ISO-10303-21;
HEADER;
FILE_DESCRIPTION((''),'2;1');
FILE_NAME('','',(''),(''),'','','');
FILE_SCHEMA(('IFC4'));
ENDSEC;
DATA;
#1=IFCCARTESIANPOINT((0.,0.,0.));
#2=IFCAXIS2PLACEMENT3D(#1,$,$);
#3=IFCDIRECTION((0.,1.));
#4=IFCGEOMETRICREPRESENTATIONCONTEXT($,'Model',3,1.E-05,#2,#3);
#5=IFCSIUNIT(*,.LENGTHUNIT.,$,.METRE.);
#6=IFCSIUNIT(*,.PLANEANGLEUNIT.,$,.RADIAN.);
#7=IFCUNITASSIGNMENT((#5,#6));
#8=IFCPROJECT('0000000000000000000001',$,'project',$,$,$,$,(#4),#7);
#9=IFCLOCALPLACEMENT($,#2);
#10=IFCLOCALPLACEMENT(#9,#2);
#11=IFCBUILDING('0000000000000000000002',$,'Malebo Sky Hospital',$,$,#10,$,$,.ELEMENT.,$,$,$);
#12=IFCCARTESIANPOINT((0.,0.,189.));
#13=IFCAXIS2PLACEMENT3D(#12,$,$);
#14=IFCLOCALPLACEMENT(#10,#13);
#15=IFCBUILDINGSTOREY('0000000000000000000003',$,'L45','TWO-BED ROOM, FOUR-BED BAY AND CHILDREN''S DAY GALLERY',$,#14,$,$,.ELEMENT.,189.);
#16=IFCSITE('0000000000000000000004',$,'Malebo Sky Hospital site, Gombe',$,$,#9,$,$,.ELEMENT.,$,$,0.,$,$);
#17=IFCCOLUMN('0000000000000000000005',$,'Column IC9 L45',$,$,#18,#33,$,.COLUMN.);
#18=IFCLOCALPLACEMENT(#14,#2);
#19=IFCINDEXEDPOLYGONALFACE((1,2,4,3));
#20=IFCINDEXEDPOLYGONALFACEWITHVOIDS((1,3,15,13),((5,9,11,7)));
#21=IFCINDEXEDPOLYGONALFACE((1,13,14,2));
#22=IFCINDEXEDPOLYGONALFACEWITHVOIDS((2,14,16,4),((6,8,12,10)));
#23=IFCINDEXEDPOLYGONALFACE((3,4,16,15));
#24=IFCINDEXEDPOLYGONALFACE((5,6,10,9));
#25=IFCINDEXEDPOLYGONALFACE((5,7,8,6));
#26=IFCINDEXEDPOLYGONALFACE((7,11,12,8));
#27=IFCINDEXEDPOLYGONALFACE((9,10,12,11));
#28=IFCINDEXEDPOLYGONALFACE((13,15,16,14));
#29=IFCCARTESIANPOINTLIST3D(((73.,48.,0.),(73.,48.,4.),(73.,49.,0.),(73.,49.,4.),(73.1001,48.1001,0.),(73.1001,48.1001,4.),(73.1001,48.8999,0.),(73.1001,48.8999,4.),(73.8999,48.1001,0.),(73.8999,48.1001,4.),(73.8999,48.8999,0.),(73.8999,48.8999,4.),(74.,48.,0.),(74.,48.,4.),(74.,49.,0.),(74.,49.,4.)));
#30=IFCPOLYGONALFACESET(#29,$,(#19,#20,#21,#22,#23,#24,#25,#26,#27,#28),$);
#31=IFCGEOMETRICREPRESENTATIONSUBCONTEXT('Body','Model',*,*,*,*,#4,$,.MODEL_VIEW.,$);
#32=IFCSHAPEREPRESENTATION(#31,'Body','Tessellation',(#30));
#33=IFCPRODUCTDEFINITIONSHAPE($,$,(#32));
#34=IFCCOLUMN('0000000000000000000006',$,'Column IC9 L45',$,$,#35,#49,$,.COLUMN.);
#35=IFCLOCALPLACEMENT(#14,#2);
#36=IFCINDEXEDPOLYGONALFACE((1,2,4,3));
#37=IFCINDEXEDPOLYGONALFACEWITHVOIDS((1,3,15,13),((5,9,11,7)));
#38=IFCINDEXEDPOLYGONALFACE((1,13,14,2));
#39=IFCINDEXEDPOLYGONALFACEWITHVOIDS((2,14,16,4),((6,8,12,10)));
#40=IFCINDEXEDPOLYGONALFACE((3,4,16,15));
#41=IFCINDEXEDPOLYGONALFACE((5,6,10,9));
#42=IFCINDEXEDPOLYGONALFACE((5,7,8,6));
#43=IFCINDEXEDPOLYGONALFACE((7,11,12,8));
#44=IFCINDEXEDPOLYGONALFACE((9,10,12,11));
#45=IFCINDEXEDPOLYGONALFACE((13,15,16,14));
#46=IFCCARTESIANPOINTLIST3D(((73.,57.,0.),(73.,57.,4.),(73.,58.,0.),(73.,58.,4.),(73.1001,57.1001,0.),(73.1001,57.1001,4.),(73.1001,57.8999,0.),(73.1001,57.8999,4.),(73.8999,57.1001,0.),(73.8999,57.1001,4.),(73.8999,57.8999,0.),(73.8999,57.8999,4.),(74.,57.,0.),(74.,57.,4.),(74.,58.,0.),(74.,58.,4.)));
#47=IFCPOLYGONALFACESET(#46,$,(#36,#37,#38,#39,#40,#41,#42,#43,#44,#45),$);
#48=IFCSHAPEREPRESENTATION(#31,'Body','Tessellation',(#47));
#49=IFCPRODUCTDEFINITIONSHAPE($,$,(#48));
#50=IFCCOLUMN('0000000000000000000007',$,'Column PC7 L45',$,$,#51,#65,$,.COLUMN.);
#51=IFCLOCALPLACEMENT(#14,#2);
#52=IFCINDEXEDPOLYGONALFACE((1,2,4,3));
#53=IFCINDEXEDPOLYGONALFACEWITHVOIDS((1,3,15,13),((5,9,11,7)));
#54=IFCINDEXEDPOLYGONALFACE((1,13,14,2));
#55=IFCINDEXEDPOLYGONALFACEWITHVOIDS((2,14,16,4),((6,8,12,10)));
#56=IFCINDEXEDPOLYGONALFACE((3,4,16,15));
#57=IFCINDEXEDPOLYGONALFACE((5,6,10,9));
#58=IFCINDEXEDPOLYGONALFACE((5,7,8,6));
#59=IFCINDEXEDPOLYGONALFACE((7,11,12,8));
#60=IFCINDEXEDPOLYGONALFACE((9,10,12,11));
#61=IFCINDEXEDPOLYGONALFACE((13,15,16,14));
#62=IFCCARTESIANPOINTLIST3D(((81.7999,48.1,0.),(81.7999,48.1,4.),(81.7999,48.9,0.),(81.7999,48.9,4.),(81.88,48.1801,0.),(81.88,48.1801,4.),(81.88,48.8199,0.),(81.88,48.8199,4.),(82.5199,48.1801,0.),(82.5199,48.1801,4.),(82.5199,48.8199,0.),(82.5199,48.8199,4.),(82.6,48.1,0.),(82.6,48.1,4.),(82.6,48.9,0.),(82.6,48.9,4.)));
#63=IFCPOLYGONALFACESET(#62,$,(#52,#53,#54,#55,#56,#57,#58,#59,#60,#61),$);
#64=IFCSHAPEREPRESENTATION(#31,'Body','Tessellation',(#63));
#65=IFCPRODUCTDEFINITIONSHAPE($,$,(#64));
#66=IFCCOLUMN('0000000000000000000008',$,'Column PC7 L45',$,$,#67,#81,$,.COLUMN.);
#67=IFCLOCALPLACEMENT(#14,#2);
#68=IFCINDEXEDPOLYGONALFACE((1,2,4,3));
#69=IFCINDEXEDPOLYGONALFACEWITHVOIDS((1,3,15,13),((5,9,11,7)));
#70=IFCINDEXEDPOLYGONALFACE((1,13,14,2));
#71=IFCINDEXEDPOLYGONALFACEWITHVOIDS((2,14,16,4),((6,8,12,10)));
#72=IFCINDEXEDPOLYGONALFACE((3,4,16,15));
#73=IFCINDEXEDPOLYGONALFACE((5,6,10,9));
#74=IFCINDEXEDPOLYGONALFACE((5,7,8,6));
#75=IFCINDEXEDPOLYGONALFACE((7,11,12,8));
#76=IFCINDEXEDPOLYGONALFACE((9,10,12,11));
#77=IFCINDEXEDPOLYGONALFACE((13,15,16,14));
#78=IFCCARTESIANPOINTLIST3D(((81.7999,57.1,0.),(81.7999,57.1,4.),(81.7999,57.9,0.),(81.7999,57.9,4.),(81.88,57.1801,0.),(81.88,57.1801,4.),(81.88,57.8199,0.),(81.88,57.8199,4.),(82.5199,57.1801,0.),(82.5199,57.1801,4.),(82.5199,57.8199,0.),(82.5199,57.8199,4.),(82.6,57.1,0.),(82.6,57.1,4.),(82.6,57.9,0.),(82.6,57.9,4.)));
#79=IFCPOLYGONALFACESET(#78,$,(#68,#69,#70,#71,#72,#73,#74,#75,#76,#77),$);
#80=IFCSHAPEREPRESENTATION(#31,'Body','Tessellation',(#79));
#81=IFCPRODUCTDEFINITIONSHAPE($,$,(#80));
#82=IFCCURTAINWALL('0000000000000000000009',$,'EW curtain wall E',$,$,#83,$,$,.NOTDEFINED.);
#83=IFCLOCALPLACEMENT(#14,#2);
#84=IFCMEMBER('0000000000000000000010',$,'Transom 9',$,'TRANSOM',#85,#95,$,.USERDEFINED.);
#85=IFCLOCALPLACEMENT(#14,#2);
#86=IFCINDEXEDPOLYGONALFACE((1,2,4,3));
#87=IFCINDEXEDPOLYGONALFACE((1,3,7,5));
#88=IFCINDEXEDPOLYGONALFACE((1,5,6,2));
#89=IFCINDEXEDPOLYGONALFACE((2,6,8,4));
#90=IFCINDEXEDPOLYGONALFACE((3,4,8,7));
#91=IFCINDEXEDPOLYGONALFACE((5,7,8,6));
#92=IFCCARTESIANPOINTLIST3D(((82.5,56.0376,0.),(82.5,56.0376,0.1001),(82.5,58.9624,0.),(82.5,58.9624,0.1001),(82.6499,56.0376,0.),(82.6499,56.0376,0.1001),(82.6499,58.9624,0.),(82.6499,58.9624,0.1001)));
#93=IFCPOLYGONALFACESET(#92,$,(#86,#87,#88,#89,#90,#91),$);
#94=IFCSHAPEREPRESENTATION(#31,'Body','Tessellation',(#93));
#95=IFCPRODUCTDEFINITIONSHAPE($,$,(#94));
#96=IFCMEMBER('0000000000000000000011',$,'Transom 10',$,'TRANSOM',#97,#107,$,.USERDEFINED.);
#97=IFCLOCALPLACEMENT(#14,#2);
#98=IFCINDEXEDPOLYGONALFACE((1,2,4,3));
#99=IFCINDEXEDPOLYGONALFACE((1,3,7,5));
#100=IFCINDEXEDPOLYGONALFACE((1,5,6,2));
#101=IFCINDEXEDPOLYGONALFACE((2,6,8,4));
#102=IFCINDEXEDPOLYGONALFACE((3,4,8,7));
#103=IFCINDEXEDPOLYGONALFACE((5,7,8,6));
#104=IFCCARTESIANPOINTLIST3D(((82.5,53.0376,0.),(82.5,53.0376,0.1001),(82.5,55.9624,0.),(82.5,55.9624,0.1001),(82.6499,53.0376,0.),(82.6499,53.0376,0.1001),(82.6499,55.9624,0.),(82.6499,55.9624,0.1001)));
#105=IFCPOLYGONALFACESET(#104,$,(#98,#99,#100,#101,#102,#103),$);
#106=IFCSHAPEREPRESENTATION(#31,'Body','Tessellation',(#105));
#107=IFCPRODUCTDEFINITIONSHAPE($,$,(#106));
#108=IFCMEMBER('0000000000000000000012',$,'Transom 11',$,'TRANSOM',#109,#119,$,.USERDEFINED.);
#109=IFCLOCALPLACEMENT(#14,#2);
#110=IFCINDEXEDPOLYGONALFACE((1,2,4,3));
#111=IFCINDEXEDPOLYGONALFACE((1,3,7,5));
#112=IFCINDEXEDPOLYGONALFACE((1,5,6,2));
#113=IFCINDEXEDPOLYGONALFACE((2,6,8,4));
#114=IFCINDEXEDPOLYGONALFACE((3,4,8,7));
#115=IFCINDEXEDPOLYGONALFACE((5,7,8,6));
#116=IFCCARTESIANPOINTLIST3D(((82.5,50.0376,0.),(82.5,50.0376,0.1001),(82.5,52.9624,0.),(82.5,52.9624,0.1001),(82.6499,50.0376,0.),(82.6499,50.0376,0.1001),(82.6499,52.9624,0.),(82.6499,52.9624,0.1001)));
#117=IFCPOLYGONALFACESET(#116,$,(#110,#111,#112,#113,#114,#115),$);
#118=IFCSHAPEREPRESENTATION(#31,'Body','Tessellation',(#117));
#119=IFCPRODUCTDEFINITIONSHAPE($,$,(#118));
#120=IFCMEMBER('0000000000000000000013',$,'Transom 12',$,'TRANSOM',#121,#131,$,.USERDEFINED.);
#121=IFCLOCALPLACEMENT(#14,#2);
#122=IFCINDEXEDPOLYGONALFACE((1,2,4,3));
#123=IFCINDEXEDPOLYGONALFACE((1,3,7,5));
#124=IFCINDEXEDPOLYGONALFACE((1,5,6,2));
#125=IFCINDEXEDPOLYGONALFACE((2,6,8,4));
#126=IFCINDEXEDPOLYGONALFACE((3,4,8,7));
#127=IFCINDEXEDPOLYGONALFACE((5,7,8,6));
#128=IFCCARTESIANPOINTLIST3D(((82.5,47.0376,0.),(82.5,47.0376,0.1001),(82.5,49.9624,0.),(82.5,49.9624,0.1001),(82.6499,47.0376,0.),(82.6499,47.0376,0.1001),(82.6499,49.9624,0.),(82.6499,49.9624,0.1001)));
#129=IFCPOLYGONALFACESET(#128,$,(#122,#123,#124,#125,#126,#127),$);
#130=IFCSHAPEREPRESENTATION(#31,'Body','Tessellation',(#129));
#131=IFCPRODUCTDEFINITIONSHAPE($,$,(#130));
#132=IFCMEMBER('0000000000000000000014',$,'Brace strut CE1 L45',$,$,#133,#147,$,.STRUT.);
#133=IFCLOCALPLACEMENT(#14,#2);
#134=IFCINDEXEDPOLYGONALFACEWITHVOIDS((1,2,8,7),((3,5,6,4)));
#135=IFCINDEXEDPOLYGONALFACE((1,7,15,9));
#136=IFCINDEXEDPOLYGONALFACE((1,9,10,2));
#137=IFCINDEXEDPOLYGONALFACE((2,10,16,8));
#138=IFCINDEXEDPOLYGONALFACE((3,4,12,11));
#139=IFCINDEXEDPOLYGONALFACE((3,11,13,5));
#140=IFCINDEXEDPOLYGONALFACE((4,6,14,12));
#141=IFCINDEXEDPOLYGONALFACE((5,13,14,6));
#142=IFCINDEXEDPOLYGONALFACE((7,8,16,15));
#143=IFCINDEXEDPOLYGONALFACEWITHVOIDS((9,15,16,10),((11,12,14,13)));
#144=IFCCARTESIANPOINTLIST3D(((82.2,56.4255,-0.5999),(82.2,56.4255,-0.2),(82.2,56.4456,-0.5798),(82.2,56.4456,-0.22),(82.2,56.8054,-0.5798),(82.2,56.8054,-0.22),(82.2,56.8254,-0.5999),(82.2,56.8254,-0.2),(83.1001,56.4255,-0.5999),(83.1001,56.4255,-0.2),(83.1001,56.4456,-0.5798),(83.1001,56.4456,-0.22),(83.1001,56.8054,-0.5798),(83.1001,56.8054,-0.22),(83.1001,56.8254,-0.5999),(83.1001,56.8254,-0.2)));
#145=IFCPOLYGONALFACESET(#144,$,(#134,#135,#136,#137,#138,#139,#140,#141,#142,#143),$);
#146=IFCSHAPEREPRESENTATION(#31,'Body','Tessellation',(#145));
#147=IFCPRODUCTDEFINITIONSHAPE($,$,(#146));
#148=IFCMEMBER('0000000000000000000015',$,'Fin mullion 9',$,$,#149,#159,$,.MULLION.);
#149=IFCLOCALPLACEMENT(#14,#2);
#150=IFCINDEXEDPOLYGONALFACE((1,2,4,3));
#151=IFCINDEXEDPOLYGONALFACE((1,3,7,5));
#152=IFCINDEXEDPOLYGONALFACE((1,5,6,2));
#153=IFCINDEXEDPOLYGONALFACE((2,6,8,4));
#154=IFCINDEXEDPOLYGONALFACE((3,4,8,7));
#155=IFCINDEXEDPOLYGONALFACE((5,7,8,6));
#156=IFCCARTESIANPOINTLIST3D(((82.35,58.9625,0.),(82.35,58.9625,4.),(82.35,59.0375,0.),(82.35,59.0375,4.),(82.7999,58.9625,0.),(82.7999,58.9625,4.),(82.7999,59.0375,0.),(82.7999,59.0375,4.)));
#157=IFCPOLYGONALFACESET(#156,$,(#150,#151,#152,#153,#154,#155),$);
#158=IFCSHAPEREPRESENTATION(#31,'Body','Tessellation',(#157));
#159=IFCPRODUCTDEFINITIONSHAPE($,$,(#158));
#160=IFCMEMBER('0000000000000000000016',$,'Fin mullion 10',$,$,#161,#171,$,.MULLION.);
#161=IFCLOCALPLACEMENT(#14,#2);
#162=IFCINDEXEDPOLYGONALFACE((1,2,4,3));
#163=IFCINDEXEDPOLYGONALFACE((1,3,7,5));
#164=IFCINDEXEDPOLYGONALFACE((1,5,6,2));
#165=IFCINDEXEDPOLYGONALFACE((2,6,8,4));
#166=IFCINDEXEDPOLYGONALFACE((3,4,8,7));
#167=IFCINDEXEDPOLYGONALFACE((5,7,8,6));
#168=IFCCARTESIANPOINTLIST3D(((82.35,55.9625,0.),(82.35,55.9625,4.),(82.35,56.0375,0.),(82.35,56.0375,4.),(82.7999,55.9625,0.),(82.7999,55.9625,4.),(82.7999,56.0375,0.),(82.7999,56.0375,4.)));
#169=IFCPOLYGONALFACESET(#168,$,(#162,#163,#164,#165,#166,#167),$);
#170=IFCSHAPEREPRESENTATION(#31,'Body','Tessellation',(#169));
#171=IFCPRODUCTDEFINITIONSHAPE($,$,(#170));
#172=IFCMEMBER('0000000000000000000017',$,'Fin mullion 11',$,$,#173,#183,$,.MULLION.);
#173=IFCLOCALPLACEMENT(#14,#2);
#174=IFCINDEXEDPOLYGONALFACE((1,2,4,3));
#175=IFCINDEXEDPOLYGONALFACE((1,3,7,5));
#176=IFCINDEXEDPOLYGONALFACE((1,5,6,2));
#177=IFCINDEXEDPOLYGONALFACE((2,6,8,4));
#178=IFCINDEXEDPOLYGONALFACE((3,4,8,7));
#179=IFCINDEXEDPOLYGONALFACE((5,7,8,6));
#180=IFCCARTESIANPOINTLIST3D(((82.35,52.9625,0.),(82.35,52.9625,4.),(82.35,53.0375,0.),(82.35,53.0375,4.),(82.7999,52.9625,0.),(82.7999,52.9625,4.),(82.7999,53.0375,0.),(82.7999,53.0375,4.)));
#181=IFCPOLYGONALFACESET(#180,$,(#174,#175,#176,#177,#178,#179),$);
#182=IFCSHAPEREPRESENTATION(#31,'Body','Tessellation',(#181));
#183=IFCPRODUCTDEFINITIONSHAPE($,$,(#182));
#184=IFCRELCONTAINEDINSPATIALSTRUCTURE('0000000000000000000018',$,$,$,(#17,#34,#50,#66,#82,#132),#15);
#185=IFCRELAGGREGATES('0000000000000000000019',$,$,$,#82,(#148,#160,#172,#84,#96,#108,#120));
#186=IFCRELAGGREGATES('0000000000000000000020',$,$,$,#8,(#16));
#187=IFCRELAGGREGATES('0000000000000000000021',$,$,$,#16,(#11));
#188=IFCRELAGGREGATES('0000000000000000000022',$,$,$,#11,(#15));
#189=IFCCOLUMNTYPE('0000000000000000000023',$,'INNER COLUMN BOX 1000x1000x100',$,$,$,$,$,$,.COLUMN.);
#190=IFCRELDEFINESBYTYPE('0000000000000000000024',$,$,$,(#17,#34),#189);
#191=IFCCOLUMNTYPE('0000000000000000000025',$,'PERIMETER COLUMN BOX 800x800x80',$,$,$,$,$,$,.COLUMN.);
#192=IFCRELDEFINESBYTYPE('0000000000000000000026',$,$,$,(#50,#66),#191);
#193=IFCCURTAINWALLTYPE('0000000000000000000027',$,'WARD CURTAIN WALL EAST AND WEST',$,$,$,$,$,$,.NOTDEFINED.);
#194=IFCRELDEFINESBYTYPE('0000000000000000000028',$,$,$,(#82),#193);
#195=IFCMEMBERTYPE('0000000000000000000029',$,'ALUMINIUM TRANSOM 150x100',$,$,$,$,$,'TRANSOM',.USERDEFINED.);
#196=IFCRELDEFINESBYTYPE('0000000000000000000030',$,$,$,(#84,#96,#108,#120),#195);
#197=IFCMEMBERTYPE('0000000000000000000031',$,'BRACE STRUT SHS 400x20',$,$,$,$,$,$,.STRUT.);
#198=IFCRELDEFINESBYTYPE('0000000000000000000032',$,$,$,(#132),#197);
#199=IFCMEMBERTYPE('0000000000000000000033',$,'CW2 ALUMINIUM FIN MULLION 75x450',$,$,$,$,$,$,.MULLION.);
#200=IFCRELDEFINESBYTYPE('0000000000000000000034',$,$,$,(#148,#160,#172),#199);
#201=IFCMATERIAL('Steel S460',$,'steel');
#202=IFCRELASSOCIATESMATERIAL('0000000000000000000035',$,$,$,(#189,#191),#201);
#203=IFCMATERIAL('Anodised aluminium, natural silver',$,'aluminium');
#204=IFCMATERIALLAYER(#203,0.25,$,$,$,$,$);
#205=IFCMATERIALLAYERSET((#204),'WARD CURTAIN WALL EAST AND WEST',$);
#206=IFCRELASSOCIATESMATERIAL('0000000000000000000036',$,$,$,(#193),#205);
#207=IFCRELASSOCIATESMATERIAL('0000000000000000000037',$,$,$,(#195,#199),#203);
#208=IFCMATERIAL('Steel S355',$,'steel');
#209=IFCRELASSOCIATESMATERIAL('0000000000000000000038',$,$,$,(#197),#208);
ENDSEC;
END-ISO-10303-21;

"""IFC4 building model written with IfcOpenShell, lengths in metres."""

from ifc_helpers import new_model, si_unit, direction, frame, origin, origin_2d, place, context, subcontext, project, spatial, rectangle, hollow_rectangle, extrude, material, layer, layer_set, material_profile, profile_set, type_object, element, aggregate, save


model = new_model("IFC4")

# Units and contexts
model_context = context("Model", 3, precision=1e-05, world=origin(), true_north=direction((0.0, 1.0)))
body_context = subcontext(model_context, "Body", "Model", "MODEL_VIEW")
ifc_project = project(units=[si_unit("LENGTHUNIT", "METRE"), si_unit("PLANEANGLEUNIT", "RADIAN")], contexts=[model_context])

# Site, building, storey
site_placement = place(None, origin())
site = spatial("IfcSite", under=ifc_project, at=site_placement, Name="Malebo Sky Hospital site, Gombe", CompositionType="ELEMENT", RefElevation=0.0)
building_placement = place(site_placement, origin())
building = spatial("IfcBuilding", under=site, at=building_placement, Name="Malebo Sky Hospital", CompositionType="ELEMENT")
storey_placement = place(building_placement, frame((0.0, 0.0, 189.0)))
storey = spatial("IfcBuildingStorey", under=building, at=storey_placement, Name="L45", Description="TWO-BED ROOM, FOUR-BED BAY AND CHILDREN'S DAY GALLERY", CompositionType="ELEMENT", Elevation=189.0)

# Columns
ifc_material_1 = material(Name="Steel S460", Category="steel")
ifc_material_profile_1 = material_profile(ifc_material_1, hollow_rectangle(XDim=1.0, YDim=1.0, WallThickness=0.1001, at=origin_2d()), Name="BOX 1000x1000x100")
ifc_profile_set_1 = profile_set([ifc_material_profile_1], Name="Steel S460")
column_type_1 = type_object("IfcColumnType", Name="INNER COLUMN BOX 1000x1000x100", PredefinedType="COLUMN", material=ifc_profile_set_1)
for number, where, z_axis, x_axis, name in (
    (1, (73.5, 48.5, 0.0), (0.0, 0.0, 1.0), (1.0, 0.0, 0.0), "Column IC9 L45"),
    (2, (73.5, 57.5, 0.0), (0.0, 0.0, 1.0), (1.0, 0.0, 0.0), "Column IC9 L45"),
):
    element("IfcColumn", number, at=place(storey_placement, frame(where, z_axis=z_axis, x_axis=x_axis)), inside=storey, type_object=column_type_1, Name=name, PredefinedType="COLUMN", context=body_context, shape_type="SweptSolid", body=[
        extrude(hollow_rectangle(XDim=1.0, YDim=1.0, WallThickness=0.1001, at=origin_2d()), origin(), (0.0, 0.0, 1.0), 4.0),
    ])
ifc_material_profile_2 = material_profile(ifc_material_1, hollow_rectangle(XDim=0.8, YDim=0.8, WallThickness=0.0801, at=origin_2d()), Name="BOX 800x800x80")
ifc_profile_set_2 = profile_set([ifc_material_profile_2], Name="Steel S460")
column_type_2 = type_object("IfcColumnType", Name="PERIMETER COLUMN BOX 800x800x80", PredefinedType="COLUMN", material=ifc_profile_set_2)
for number, where, z_axis, x_axis, name in (
    (3, (82.2, 48.5, 0.0), (0.0, 0.0, 1.0), (1.0, 0.0, 0.0), "Column PC7 L45"),
    (4, (82.2, 57.5, 0.0), (0.0, 0.0, 1.0), (1.0, 0.0, 0.0), "Column PC7 L45"),
):
    element("IfcColumn", number, at=place(storey_placement, frame(where, z_axis=z_axis, x_axis=x_axis)), inside=storey, type_object=column_type_2, Name=name, PredefinedType="COLUMN", context=body_context, shape_type="SweptSolid", body=[
        extrude(hollow_rectangle(XDim=0.8, YDim=0.8, WallThickness=0.0801, at=origin_2d()), origin(), (0.0, 0.0, 1.0), 4.0),
    ])

# Curtain wall, members
ifc_material_2 = material(Name="Anodised aluminium, natural silver", Category="aluminium")
ifc_layer_1 = layer(ifc_material_2, 0.25)
ifc_layer_set_1 = layer_set([ifc_layer_1], Name="WARD CURTAIN WALL EAST AND WEST")
curtain_wall_type = type_object("IfcCurtainWallType", Name="WARD CURTAIN WALL EAST AND WEST", PredefinedType="NOTDEFINED", material=ifc_layer_set_1)
curtain_wall_placement = place(storey_placement, origin())
curtain_wall = element("IfcCurtainWall", 5, at=curtain_wall_placement, inside=storey, type_object=curtain_wall_type, Name="EW curtain wall E", PredefinedType="NOTDEFINED")
ifc_material_profile_3 = material_profile(ifc_material_2, rectangle(XDim=0.1499, YDim=0.1001, at=origin_2d()), Name="ALUMINIUM TRANSOM 150x100")
ifc_profile_set_3 = profile_set([ifc_material_profile_3], Name="Anodised aluminium, natural silver")
member_type_1 = type_object("IfcMemberType", Name="ALUMINIUM TRANSOM 150x100", ElementType="TRANSOM", PredefinedType="USERDEFINED", material=ifc_profile_set_3)
member_1_placement = place(storey_placement, frame((82.575, 58.9624, 0.05), z_axis=(0.0, -1.0, 0.0), x_axis=(1.0, 0.0, 0.0)))
member_1 = element("IfcMember", 6, at=member_1_placement, type_object=member_type_1, Name="Transom 9", ObjectType="TRANSOM", PredefinedType="USERDEFINED", context=body_context, shape_type="SweptSolid", body=[
    extrude(rectangle(XDim=0.1499, YDim=0.1001, at=origin_2d()), origin(), (0.0, 0.0, 1.0), 2.9248),
])
member_2_placement = place(storey_placement, frame((82.575, 55.9624, 0.05), z_axis=(0.0, -1.0, 0.0), x_axis=(1.0, 0.0, 0.0)))
member_2 = element("IfcMember", 7, at=member_2_placement, type_object=member_type_1, Name="Transom 10", ObjectType="TRANSOM", PredefinedType="USERDEFINED", context=body_context, shape_type="SweptSolid", body=[
    extrude(rectangle(XDim=0.1499, YDim=0.1001, at=origin_2d()), origin(), (0.0, 0.0, 1.0), 2.9248),
])
member_3_placement = place(storey_placement, frame((82.575, 52.9624, 0.05), z_axis=(0.0, -1.0, 0.0), x_axis=(1.0, 0.0, 0.0)))
member_3 = element("IfcMember", 8, at=member_3_placement, type_object=member_type_1, Name="Transom 11", ObjectType="TRANSOM", PredefinedType="USERDEFINED", context=body_context, shape_type="SweptSolid", body=[
    extrude(rectangle(XDim=0.1499, YDim=0.1001, at=origin_2d()), origin(), (0.0, 0.0, 1.0), 2.9248),
])
member_4_placement = place(storey_placement, frame((82.575, 49.9624, 0.05), z_axis=(0.0, -1.0, 0.0), x_axis=(1.0, 0.0, 0.0)))
member_4 = element("IfcMember", 9, at=member_4_placement, type_object=member_type_1, Name="Transom 12", ObjectType="TRANSOM", PredefinedType="USERDEFINED", context=body_context, shape_type="SweptSolid", body=[
    extrude(rectangle(XDim=0.1499, YDim=0.1001, at=origin_2d()), origin(), (0.0, 0.0, 1.0), 2.9248),
])

# Members
ifc_material_3 = material(Name="Steel S355", Category="steel")
ifc_material_profile_4 = material_profile(ifc_material_3, hollow_rectangle(XDim=0.3999, YDim=0.3999, WallThickness=0.02, at=origin_2d()), Name="SHS 400x20")
ifc_profile_set_4 = profile_set([ifc_material_profile_4], Name="Steel S355")
member_type_2 = type_object("IfcMemberType", Name="BRACE STRUT SHS 400x20", PredefinedType="STRUT", material=ifc_profile_set_4)
member_5_placement = place(storey_placement, frame((83.1001, 56.6255, -0.3999), z_axis=(-1.0, 0.0, 0.0), x_axis=(0.0, -1.0, 0.0)))
element("IfcMember", 10, at=member_5_placement, inside=storey, type_object=member_type_2, Name="Brace strut CE1 L45", PredefinedType="STRUT", context=body_context, shape_type="SweptSolid", body=[
    extrude(hollow_rectangle(XDim=0.3999, YDim=0.3999, WallThickness=0.02, at=origin_2d()), origin(), (0.0, 0.0, 1.0), 0.9001),
])
ifc_material_profile_5 = material_profile(ifc_material_2, rectangle(XDim=0.075, YDim=0.45, at=origin_2d()), Name="CW2 ALUMINIUM FIN MULLION 75x450")
ifc_profile_set_5 = profile_set([ifc_material_profile_5], Name="Anodised aluminium, natural silver")
member_type_3 = type_object("IfcMemberType", Name="CW2 ALUMINIUM FIN MULLION 75x450", PredefinedType="MULLION", material=ifc_profile_set_5)
member_6_placement = place(storey_placement, frame((82.575, 59.0, 0.0), z_axis=(0.0, 0.0, 1.0), x_axis=(0.0, -1.0, 0.0)))
member_6 = element("IfcMember", 11, at=member_6_placement, type_object=member_type_3, Name="Fin mullion 9", PredefinedType="MULLION", context=body_context, shape_type="SweptSolid", body=[
    extrude(rectangle(XDim=0.075, YDim=0.45, at=origin_2d()), origin(), (0.0, 0.0, 1.0), 4.0),
])
member_7_placement = place(storey_placement, frame((82.575, 56.0, 0.0), z_axis=(0.0, 0.0, 1.0), x_axis=(0.0, -1.0, 0.0)))
member_7 = element("IfcMember", 12, at=member_7_placement, type_object=member_type_3, Name="Fin mullion 10", PredefinedType="MULLION", context=body_context, shape_type="SweptSolid", body=[
    extrude(rectangle(XDim=0.075, YDim=0.45, at=origin_2d()), origin(), (0.0, 0.0, 1.0), 4.0),
])
member_8_placement = place(storey_placement, frame((82.575, 53.0, 0.0), z_axis=(0.0, 0.0, 1.0), x_axis=(0.0, -1.0, 0.0)))
member_8 = element("IfcMember", 13, at=member_8_placement, type_object=member_type_3, Name="Fin mullion 11", PredefinedType="MULLION", context=body_context, shape_type="SweptSolid", body=[
    extrude(rectangle(XDim=0.075, YDim=0.45, at=origin_2d()), origin(), (0.0, 0.0, 1.0), 4.0),
])

aggregate(curtain_wall, [member_6, member_7, member_8, member_1, member_2, member_3, member_4])

save(model, "model.ifc")
